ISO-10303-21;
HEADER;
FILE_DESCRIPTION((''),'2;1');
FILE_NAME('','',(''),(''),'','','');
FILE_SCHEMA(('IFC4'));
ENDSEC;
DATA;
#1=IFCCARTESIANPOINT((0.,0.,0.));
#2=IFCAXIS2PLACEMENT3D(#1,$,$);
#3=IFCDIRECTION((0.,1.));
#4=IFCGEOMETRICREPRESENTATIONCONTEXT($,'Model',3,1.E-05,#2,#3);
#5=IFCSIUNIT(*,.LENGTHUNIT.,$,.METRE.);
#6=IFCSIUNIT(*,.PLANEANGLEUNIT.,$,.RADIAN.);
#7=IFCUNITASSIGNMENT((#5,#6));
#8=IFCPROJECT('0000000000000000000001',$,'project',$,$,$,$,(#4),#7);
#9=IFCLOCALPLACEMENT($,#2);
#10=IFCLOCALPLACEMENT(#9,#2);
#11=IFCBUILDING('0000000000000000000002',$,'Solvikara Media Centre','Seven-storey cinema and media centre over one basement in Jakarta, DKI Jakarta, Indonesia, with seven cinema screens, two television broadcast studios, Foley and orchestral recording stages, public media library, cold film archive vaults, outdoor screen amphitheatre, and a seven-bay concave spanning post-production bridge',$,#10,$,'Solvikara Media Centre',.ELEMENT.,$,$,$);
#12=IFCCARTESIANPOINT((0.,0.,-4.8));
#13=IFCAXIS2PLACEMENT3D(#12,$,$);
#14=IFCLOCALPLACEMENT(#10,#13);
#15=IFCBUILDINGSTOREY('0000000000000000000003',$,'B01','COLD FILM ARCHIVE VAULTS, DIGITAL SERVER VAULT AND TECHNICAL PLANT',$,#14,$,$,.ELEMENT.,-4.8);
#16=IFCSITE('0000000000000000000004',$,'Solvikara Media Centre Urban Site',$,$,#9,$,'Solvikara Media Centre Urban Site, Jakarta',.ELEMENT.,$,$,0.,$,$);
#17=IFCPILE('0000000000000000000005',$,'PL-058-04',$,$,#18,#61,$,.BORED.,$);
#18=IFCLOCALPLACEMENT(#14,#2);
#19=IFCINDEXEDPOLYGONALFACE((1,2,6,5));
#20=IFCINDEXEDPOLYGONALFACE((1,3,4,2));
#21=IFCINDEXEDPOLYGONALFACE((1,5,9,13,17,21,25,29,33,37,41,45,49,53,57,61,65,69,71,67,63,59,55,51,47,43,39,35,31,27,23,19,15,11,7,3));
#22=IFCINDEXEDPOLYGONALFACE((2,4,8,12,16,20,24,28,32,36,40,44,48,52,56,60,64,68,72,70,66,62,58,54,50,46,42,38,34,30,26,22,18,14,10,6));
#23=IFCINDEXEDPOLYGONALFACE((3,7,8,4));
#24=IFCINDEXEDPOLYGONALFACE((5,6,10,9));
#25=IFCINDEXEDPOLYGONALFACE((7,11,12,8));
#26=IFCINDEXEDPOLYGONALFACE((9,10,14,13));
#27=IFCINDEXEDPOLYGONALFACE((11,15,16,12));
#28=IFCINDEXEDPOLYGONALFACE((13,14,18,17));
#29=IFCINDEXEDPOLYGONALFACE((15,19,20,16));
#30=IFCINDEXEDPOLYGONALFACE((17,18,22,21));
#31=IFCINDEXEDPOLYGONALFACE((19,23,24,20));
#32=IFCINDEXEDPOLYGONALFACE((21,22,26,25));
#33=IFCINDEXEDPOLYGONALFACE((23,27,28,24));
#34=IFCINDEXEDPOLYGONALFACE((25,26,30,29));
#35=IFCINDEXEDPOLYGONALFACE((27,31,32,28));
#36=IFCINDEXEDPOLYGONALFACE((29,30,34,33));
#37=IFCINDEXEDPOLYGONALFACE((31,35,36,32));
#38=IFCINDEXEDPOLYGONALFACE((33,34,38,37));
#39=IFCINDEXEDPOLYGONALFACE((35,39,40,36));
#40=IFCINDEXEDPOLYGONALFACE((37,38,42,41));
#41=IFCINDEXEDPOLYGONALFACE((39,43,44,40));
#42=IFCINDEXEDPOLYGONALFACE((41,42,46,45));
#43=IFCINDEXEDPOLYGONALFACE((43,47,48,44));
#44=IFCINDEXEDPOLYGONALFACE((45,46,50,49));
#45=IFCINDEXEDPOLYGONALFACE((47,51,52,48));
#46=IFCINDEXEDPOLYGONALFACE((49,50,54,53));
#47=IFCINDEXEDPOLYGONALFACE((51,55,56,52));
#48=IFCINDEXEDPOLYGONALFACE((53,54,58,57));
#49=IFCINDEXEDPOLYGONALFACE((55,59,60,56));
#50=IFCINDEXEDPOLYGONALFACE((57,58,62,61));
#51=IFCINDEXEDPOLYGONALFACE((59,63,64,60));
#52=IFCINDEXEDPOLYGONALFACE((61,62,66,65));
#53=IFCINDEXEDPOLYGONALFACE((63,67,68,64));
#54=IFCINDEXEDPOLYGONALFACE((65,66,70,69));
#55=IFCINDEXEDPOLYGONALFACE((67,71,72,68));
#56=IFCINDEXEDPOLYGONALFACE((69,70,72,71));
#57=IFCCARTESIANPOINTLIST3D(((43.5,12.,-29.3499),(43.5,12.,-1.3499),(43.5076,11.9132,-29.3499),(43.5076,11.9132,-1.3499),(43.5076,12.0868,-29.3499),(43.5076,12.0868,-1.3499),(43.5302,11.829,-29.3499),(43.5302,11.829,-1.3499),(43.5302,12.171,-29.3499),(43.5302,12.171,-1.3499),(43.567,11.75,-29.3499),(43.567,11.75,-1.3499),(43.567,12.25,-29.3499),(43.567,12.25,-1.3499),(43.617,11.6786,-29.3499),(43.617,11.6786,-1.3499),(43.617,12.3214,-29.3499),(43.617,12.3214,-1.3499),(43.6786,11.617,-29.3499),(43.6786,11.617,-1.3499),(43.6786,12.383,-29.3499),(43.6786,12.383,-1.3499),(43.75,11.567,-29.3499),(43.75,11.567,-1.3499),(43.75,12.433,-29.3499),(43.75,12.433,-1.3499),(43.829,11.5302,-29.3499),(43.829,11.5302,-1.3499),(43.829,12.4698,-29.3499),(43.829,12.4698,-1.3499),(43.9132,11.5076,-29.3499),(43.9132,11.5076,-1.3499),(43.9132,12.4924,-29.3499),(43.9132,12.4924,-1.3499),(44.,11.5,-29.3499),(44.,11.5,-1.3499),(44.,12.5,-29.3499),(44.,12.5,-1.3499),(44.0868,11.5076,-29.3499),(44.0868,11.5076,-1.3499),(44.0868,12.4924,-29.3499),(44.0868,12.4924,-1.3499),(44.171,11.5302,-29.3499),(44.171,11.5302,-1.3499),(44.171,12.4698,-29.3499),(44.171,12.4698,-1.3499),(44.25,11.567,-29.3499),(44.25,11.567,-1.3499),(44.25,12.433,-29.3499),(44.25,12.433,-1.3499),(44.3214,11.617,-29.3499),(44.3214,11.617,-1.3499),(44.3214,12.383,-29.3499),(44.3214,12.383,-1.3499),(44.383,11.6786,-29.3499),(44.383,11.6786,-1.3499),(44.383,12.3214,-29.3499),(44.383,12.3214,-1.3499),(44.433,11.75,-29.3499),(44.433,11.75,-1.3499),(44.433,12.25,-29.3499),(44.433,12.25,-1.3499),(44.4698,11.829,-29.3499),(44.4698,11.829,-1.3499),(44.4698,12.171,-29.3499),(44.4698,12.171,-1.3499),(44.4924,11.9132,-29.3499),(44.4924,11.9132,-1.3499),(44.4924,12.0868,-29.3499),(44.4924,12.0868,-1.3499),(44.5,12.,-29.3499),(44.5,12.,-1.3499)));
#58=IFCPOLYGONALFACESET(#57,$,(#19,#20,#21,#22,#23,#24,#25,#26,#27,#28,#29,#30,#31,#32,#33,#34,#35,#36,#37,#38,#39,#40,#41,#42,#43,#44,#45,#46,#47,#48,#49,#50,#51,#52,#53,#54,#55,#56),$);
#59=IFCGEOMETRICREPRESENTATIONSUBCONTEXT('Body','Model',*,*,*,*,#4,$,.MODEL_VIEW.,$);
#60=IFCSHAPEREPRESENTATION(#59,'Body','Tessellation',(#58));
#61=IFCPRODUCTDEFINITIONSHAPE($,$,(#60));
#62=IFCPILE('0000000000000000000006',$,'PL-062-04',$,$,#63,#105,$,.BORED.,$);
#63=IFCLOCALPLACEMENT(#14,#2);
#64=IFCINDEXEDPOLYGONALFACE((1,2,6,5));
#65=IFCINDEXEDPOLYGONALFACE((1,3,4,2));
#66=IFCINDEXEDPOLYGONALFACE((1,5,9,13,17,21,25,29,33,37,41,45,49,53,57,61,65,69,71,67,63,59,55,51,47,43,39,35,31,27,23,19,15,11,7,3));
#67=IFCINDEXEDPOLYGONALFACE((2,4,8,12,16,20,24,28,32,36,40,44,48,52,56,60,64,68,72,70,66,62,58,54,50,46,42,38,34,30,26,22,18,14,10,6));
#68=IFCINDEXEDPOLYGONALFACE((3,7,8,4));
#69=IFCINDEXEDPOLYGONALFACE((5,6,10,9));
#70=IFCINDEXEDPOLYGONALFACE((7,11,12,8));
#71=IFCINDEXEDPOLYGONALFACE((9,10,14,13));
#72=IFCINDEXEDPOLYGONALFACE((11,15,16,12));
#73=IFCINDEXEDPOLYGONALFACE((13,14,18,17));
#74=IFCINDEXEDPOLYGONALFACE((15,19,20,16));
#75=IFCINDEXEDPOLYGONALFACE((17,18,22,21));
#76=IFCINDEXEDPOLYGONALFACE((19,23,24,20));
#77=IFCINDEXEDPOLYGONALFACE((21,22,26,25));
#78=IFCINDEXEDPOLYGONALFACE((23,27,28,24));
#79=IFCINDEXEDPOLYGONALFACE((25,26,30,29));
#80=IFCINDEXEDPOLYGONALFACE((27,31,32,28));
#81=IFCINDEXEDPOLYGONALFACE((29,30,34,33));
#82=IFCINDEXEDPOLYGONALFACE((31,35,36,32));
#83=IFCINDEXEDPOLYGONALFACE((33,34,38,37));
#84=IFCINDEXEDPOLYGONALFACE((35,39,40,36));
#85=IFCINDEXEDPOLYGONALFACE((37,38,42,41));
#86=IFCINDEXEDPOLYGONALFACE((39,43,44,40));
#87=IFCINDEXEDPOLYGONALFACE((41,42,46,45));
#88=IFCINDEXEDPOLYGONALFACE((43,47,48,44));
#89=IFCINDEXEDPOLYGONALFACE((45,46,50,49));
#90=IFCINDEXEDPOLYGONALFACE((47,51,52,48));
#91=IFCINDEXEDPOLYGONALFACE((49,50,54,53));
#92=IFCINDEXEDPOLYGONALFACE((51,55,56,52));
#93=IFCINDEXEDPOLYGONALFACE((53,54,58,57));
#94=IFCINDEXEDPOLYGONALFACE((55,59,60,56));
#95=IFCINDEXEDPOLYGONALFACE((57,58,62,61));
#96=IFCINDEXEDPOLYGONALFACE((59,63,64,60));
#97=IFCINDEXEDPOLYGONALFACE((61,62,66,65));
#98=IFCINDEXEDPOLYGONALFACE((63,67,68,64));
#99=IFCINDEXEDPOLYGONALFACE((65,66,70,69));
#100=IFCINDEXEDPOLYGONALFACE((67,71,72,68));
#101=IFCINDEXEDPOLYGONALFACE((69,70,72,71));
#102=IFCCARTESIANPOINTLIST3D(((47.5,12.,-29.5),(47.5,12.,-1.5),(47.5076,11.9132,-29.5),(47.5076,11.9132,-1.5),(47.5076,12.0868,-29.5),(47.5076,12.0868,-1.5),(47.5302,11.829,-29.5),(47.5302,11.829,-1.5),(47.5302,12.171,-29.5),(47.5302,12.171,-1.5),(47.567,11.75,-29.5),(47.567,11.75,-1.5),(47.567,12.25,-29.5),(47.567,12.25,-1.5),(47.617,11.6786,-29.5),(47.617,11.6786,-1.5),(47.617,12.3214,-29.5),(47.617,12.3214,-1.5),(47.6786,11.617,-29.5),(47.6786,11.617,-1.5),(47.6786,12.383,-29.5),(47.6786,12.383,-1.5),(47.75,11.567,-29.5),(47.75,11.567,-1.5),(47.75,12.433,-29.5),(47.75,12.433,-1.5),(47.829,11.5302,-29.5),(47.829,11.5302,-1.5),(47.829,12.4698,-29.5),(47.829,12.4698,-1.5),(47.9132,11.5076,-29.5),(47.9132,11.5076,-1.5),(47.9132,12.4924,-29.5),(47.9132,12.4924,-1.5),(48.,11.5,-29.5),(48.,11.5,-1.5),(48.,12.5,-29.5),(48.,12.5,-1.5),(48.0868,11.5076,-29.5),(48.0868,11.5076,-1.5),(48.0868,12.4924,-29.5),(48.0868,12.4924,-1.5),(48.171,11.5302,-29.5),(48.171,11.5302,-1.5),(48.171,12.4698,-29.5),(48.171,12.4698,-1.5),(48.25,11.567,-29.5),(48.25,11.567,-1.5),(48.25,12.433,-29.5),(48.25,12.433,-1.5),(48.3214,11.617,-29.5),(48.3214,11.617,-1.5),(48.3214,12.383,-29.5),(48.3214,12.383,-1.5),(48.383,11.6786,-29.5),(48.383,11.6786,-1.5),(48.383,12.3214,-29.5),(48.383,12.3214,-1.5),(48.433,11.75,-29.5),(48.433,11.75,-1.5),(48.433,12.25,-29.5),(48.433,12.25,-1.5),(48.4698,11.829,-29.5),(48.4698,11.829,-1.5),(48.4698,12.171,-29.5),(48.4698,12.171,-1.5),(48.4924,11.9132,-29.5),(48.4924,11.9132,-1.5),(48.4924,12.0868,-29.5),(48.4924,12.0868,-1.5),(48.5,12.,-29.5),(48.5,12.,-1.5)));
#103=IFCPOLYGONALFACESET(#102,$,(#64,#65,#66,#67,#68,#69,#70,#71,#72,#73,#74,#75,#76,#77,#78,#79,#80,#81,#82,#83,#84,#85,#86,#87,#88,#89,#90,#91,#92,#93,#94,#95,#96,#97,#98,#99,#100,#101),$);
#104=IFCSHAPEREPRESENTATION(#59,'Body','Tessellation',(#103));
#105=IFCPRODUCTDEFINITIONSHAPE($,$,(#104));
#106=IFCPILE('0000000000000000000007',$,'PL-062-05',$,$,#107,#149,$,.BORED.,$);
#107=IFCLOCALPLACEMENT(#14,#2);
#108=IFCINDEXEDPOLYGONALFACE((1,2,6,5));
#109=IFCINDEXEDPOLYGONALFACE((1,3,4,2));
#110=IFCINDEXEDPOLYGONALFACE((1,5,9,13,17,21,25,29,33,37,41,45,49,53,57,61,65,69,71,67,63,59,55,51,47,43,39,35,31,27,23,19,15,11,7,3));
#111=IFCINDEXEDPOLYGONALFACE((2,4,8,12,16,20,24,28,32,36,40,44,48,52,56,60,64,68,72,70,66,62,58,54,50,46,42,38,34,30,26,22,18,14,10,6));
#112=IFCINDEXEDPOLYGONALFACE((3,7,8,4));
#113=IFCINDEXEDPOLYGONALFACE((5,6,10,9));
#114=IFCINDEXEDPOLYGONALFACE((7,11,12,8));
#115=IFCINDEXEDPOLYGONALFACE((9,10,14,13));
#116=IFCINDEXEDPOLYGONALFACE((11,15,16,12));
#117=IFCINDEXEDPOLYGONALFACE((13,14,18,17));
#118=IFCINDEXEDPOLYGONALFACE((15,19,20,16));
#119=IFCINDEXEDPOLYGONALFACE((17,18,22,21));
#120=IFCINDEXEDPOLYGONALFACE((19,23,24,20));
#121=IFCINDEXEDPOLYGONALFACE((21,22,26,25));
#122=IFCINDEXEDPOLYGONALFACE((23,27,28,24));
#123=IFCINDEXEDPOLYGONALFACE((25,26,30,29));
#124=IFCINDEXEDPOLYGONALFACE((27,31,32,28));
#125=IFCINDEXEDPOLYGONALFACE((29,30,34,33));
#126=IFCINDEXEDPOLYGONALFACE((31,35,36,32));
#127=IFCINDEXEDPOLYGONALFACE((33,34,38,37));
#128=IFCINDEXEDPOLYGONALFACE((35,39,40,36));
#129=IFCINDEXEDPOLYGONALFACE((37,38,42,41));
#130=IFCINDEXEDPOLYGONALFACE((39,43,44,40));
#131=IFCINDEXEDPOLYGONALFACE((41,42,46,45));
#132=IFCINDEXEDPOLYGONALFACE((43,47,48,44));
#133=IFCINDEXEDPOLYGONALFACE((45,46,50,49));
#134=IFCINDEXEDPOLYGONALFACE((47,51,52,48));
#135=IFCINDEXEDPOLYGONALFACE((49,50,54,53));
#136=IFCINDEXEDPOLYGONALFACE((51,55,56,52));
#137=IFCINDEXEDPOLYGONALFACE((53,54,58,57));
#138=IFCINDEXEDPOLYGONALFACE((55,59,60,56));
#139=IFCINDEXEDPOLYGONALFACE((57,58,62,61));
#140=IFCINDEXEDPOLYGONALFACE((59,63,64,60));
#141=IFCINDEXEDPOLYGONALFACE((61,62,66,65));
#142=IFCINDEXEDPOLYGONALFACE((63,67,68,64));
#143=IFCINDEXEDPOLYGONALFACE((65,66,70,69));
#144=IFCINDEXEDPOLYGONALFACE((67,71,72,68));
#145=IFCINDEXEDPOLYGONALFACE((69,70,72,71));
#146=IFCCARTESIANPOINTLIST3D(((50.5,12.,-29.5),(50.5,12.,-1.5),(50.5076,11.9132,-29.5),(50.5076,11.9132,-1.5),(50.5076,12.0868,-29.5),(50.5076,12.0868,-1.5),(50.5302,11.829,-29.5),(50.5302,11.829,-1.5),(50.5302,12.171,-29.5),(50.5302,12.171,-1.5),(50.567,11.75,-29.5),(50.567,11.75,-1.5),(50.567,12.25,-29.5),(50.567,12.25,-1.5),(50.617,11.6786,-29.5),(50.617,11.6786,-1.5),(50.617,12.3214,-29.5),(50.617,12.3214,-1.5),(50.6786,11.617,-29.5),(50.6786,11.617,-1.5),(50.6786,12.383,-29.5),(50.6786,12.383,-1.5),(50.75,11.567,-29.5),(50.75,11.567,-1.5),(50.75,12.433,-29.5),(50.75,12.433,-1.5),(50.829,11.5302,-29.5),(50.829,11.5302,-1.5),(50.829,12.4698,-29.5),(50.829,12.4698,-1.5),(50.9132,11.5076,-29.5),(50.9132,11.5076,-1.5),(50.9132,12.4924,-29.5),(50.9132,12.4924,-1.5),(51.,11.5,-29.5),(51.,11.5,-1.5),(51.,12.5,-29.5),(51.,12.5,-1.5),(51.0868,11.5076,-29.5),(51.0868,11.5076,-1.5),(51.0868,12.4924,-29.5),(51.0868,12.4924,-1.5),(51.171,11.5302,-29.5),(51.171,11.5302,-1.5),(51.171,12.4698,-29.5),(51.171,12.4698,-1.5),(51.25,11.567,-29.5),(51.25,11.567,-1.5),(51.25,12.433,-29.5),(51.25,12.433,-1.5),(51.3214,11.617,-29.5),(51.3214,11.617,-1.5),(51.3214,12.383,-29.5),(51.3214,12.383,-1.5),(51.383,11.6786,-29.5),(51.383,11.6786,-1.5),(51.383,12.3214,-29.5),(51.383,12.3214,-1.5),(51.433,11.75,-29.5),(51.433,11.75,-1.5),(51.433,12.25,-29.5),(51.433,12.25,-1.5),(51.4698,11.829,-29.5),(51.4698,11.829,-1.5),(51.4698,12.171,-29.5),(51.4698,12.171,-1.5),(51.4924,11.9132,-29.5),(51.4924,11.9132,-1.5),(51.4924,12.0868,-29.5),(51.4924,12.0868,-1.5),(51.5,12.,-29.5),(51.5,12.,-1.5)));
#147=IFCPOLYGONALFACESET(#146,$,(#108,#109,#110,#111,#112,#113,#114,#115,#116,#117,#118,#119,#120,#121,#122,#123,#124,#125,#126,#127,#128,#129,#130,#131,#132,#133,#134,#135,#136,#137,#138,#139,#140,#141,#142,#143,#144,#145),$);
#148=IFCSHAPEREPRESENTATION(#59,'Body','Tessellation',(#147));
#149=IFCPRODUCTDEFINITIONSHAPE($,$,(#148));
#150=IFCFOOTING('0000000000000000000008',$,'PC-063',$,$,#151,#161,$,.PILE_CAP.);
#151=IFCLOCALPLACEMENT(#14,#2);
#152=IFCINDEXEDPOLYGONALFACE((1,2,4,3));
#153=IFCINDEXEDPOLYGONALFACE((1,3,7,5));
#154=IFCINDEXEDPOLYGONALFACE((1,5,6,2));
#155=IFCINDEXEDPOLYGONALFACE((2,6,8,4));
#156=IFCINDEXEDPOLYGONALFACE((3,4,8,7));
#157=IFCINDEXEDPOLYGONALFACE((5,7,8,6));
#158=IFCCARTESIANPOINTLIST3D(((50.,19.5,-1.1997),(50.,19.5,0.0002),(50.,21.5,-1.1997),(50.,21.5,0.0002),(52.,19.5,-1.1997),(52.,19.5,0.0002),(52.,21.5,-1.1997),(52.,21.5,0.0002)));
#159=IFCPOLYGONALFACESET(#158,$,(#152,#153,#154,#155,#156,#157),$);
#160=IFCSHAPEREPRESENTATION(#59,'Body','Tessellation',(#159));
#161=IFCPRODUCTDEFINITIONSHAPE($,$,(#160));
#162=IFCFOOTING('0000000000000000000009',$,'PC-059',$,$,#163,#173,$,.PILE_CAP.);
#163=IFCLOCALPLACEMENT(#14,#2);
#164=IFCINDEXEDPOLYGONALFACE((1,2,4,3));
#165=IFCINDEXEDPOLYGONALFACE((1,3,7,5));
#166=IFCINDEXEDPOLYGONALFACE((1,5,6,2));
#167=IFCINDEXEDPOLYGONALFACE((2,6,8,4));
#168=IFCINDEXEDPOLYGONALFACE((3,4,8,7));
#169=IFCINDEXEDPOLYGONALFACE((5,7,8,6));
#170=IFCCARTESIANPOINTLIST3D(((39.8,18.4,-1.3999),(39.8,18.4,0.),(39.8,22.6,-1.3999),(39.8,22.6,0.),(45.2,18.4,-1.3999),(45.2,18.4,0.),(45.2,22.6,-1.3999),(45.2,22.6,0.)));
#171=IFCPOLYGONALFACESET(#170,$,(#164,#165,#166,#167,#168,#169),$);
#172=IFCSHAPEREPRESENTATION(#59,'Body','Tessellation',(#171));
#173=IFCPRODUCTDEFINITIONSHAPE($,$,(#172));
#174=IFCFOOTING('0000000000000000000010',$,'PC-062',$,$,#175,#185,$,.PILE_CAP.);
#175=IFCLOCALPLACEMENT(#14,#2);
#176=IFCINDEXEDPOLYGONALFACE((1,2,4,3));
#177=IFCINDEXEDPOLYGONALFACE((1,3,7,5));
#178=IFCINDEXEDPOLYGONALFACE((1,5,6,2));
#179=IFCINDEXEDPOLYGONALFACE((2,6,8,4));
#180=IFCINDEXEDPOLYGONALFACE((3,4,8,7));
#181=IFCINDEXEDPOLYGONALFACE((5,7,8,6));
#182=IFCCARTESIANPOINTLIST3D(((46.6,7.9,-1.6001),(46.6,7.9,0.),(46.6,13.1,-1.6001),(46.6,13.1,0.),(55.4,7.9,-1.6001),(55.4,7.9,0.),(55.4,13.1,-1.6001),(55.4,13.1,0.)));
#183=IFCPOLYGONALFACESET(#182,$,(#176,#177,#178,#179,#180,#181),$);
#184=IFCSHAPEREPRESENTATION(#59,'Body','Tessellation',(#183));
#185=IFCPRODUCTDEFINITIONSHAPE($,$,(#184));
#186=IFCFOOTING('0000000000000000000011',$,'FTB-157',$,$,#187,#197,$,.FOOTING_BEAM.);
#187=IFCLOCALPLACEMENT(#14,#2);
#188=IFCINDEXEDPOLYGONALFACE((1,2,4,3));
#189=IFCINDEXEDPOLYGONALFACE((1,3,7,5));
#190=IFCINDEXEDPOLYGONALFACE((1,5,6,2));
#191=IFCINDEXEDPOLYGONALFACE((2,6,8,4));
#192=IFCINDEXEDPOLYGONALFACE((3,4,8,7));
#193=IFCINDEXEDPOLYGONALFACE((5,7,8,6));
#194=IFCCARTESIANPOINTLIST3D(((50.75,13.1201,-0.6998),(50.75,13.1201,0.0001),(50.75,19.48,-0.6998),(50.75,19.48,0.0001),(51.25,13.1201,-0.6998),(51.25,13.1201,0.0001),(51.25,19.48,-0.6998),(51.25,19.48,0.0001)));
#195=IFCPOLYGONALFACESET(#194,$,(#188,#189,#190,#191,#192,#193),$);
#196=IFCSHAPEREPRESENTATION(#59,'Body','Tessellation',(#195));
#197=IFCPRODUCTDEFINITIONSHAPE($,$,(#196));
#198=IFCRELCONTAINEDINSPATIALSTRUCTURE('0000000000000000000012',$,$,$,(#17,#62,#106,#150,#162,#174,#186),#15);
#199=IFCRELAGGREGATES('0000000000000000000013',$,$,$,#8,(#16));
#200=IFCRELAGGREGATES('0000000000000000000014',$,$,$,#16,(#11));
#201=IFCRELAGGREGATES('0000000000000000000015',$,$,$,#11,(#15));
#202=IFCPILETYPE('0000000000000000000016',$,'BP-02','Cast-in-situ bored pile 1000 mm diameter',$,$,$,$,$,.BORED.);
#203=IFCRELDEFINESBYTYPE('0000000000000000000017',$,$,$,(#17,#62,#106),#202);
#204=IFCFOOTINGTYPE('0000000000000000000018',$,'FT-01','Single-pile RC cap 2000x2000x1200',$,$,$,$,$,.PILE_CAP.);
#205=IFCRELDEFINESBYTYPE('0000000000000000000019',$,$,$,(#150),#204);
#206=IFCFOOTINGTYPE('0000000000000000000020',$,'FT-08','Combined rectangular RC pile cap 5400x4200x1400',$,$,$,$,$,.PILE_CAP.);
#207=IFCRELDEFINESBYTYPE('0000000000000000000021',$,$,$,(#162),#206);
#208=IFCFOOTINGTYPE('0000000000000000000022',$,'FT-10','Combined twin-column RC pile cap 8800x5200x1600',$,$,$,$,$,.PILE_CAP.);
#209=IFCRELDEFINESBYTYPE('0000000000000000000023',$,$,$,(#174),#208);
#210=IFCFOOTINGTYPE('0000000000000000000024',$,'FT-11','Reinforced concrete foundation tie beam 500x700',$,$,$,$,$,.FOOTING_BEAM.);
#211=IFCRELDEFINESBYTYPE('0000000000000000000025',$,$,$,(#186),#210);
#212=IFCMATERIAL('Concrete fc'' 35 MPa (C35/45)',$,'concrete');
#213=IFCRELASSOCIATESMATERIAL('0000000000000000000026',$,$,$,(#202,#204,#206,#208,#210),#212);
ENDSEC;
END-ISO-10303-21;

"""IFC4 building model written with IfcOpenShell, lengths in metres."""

from ifc_helpers import new_model, si_unit, direction, frame, origin, origin_2d, place, context, subcontext, project, spatial, rectangle, circle, extrude, material, material_profile, profile_set, type_object, element, save


model = new_model("IFC4")

# Units and contexts
model_context = context("Model", 3, precision=1e-05, world=origin(), true_north=direction((0.0, 1.0)))
body_context = subcontext(model_context, "Body", "Model", "MODEL_VIEW")
ifc_project = project(units=[si_unit("LENGTHUNIT", "METRE"), si_unit("PLANEANGLEUNIT", "RADIAN")], contexts=[model_context])

# Site, building, storey
site_placement = place(None, origin())
site = spatial("IfcSite", under=ifc_project, at=site_placement, Name="Solvikara Media Centre Urban Site", LongName="Solvikara Media Centre Urban Site, Jakarta", CompositionType="ELEMENT", RefElevation=0.0)
building_placement = place(site_placement, origin())
building = spatial("IfcBuilding", under=site, at=building_placement, Name="Solvikara Media Centre", Description="Seven-storey cinema and media centre over one basement in Jakarta, DKI Jakarta, Indonesia, with seven cinema screens, two television broadcast studios, Foley and orchestral recording stages, public media library, cold film archive vaults, outdoor screen amphitheatre, and a seven-bay concave spanning post-production bridge", LongName="Solvikara Media Centre", CompositionType="ELEMENT")
storey_placement = place(building_placement, frame((0.0, 0.0, -4.8)))
storey = spatial("IfcBuildingStorey", under=building, at=storey_placement, Name="B01", Description="COLD FILM ARCHIVE VAULTS, DIGITAL SERVER VAULT AND TECHNICAL PLANT", CompositionType="ELEMENT", Elevation=-4.8)

# Piles
ifc_material_1 = material(Name="Concrete fc' 35 MPa (C35/45)", Category="concrete")
ifc_material_profile_1 = material_profile(ifc_material_1, circle(Radius=0.5, at=origin_2d()), Name="BORED PILE D1000")
ifc_profile_set_1 = profile_set([ifc_material_profile_1], Name="Concrete fc' 35 MPa (C35/45)")
pile_type_1 = type_object("IfcPileType", Name="BP-02", Description="Cast-in-situ bored pile 1000 mm diameter", PredefinedType="BORED", material=ifc_profile_set_1)
for number, where, z_axis, x_axis, name in (
    (1, (44.0, 12.0, -1.3499), (0.0, 0.0, -1.0), (1.0, 0.0, 0.0), "PL-058-04"),
    (2, (48.0, 12.0, -1.5), (0.0, 0.0, -1.0), (1.0, 0.0, 0.0), "PL-062-04"),
    (3, (51.0, 12.0, -1.5), (0.0, 0.0, -1.0), (1.0, 0.0, 0.0), "PL-062-05"),
):
    element("IfcPile", number, at=place(storey_placement, frame(where, z_axis=z_axis, x_axis=x_axis)), inside=storey, type_object=pile_type_1, Name=name, PredefinedType="BORED", context=body_context, shape_type="SweptSolid", body=[
        extrude(circle(Radius=0.5, at=origin_2d()), origin(), (0.0, 0.0, 1.0), 28.0),
    ])

# Footings
footing_type_1 = type_object("IfcFootingType", Name="FT-01", Description="Single-pile RC cap 2000x2000x1200", PredefinedType="PILE_CAP", material=ifc_material_1)
footing_1_placement = place(storey_placement, frame((51.0, 20.5, -1.1997), z_axis=(0.0, 0.0, 1.0), x_axis=(1.0, 0.0, 0.0)))
element("IfcFooting", 4, at=footing_1_placement, inside=storey, type_object=footing_type_1, Name="PC-063", PredefinedType="PILE_CAP", context=body_context, shape_type="SweptSolid", body=[
    extrude(rectangle(XDim=2.0, YDim=2.0, at=origin_2d()), origin(), (0.0, 0.0, 1.0), 1.2),
])
footing_type_2 = type_object("IfcFootingType", Name="FT-08", Description="Combined rectangular RC pile cap 5400x4200x1400", PredefinedType="PILE_CAP", material=ifc_material_1)
footing_2_placement = place(storey_placement, frame((42.5, 20.5, -1.3999), z_axis=(0.0, 0.0, 1.0), x_axis=(1.0, 0.0, 0.0)))
element("IfcFooting", 5, at=footing_2_placement, inside=storey, type_object=footing_type_2, Name="PC-059", PredefinedType="PILE_CAP", context=body_context, shape_type="SweptSolid", body=[
    extrude(rectangle(XDim=5.3999, YDim=4.2, at=origin_2d()), origin(), (0.0, 0.0, 1.0), 1.3999),
])
footing_type_3 = type_object("IfcFootingType", Name="FT-10", Description="Combined twin-column RC pile cap 8800x5200x1600", PredefinedType="PILE_CAP", material=ifc_material_1)
footing_3_placement = place(storey_placement, frame((51.0, 10.5, -1.6001), z_axis=(0.0, 0.0, 1.0), x_axis=(1.0, 0.0, 0.0)))
element("IfcFooting", 6, at=footing_3_placement, inside=storey, type_object=footing_type_3, Name="PC-062", PredefinedType="PILE_CAP", context=body_context, shape_type="SweptSolid", body=[
    extrude(rectangle(XDim=8.8, YDim=5.2, at=origin_2d()), origin(), (0.0, 0.0, 1.0), 1.6001),
])
ifc_material_profile_2 = material_profile(ifc_material_1, rectangle(XDim=0.5, YDim=0.7, at=origin_2d()), Name="RC 500x700")
ifc_profile_set_2 = profile_set([ifc_material_profile_2], Name="Concrete fc' 35 MPa (C35/45)")
footing_type_4 = type_object("IfcFootingType", Name="FT-11", Description="Reinforced concrete foundation tie beam 500x700", PredefinedType="FOOTING_BEAM", material=ifc_profile_set_2)
footing_4_placement = place(storey_placement, frame((51.0, 13.1201, -0.3499), z_axis=(0.0, 1.0, 0.0), x_axis=(-1.0, 0.0, 0.0)))
element("IfcFooting", 7, at=footing_4_placement, inside=storey, type_object=footing_type_4, Name="FTB-157", PredefinedType="FOOTING_BEAM", context=body_context, shape_type="SweptSolid", body=[
    extrude(rectangle(XDim=0.5, YDim=0.7, at=origin_2d()), origin(), (0.0, 0.0, 1.0), 6.3599),
])

save(model, "model.ifc")
